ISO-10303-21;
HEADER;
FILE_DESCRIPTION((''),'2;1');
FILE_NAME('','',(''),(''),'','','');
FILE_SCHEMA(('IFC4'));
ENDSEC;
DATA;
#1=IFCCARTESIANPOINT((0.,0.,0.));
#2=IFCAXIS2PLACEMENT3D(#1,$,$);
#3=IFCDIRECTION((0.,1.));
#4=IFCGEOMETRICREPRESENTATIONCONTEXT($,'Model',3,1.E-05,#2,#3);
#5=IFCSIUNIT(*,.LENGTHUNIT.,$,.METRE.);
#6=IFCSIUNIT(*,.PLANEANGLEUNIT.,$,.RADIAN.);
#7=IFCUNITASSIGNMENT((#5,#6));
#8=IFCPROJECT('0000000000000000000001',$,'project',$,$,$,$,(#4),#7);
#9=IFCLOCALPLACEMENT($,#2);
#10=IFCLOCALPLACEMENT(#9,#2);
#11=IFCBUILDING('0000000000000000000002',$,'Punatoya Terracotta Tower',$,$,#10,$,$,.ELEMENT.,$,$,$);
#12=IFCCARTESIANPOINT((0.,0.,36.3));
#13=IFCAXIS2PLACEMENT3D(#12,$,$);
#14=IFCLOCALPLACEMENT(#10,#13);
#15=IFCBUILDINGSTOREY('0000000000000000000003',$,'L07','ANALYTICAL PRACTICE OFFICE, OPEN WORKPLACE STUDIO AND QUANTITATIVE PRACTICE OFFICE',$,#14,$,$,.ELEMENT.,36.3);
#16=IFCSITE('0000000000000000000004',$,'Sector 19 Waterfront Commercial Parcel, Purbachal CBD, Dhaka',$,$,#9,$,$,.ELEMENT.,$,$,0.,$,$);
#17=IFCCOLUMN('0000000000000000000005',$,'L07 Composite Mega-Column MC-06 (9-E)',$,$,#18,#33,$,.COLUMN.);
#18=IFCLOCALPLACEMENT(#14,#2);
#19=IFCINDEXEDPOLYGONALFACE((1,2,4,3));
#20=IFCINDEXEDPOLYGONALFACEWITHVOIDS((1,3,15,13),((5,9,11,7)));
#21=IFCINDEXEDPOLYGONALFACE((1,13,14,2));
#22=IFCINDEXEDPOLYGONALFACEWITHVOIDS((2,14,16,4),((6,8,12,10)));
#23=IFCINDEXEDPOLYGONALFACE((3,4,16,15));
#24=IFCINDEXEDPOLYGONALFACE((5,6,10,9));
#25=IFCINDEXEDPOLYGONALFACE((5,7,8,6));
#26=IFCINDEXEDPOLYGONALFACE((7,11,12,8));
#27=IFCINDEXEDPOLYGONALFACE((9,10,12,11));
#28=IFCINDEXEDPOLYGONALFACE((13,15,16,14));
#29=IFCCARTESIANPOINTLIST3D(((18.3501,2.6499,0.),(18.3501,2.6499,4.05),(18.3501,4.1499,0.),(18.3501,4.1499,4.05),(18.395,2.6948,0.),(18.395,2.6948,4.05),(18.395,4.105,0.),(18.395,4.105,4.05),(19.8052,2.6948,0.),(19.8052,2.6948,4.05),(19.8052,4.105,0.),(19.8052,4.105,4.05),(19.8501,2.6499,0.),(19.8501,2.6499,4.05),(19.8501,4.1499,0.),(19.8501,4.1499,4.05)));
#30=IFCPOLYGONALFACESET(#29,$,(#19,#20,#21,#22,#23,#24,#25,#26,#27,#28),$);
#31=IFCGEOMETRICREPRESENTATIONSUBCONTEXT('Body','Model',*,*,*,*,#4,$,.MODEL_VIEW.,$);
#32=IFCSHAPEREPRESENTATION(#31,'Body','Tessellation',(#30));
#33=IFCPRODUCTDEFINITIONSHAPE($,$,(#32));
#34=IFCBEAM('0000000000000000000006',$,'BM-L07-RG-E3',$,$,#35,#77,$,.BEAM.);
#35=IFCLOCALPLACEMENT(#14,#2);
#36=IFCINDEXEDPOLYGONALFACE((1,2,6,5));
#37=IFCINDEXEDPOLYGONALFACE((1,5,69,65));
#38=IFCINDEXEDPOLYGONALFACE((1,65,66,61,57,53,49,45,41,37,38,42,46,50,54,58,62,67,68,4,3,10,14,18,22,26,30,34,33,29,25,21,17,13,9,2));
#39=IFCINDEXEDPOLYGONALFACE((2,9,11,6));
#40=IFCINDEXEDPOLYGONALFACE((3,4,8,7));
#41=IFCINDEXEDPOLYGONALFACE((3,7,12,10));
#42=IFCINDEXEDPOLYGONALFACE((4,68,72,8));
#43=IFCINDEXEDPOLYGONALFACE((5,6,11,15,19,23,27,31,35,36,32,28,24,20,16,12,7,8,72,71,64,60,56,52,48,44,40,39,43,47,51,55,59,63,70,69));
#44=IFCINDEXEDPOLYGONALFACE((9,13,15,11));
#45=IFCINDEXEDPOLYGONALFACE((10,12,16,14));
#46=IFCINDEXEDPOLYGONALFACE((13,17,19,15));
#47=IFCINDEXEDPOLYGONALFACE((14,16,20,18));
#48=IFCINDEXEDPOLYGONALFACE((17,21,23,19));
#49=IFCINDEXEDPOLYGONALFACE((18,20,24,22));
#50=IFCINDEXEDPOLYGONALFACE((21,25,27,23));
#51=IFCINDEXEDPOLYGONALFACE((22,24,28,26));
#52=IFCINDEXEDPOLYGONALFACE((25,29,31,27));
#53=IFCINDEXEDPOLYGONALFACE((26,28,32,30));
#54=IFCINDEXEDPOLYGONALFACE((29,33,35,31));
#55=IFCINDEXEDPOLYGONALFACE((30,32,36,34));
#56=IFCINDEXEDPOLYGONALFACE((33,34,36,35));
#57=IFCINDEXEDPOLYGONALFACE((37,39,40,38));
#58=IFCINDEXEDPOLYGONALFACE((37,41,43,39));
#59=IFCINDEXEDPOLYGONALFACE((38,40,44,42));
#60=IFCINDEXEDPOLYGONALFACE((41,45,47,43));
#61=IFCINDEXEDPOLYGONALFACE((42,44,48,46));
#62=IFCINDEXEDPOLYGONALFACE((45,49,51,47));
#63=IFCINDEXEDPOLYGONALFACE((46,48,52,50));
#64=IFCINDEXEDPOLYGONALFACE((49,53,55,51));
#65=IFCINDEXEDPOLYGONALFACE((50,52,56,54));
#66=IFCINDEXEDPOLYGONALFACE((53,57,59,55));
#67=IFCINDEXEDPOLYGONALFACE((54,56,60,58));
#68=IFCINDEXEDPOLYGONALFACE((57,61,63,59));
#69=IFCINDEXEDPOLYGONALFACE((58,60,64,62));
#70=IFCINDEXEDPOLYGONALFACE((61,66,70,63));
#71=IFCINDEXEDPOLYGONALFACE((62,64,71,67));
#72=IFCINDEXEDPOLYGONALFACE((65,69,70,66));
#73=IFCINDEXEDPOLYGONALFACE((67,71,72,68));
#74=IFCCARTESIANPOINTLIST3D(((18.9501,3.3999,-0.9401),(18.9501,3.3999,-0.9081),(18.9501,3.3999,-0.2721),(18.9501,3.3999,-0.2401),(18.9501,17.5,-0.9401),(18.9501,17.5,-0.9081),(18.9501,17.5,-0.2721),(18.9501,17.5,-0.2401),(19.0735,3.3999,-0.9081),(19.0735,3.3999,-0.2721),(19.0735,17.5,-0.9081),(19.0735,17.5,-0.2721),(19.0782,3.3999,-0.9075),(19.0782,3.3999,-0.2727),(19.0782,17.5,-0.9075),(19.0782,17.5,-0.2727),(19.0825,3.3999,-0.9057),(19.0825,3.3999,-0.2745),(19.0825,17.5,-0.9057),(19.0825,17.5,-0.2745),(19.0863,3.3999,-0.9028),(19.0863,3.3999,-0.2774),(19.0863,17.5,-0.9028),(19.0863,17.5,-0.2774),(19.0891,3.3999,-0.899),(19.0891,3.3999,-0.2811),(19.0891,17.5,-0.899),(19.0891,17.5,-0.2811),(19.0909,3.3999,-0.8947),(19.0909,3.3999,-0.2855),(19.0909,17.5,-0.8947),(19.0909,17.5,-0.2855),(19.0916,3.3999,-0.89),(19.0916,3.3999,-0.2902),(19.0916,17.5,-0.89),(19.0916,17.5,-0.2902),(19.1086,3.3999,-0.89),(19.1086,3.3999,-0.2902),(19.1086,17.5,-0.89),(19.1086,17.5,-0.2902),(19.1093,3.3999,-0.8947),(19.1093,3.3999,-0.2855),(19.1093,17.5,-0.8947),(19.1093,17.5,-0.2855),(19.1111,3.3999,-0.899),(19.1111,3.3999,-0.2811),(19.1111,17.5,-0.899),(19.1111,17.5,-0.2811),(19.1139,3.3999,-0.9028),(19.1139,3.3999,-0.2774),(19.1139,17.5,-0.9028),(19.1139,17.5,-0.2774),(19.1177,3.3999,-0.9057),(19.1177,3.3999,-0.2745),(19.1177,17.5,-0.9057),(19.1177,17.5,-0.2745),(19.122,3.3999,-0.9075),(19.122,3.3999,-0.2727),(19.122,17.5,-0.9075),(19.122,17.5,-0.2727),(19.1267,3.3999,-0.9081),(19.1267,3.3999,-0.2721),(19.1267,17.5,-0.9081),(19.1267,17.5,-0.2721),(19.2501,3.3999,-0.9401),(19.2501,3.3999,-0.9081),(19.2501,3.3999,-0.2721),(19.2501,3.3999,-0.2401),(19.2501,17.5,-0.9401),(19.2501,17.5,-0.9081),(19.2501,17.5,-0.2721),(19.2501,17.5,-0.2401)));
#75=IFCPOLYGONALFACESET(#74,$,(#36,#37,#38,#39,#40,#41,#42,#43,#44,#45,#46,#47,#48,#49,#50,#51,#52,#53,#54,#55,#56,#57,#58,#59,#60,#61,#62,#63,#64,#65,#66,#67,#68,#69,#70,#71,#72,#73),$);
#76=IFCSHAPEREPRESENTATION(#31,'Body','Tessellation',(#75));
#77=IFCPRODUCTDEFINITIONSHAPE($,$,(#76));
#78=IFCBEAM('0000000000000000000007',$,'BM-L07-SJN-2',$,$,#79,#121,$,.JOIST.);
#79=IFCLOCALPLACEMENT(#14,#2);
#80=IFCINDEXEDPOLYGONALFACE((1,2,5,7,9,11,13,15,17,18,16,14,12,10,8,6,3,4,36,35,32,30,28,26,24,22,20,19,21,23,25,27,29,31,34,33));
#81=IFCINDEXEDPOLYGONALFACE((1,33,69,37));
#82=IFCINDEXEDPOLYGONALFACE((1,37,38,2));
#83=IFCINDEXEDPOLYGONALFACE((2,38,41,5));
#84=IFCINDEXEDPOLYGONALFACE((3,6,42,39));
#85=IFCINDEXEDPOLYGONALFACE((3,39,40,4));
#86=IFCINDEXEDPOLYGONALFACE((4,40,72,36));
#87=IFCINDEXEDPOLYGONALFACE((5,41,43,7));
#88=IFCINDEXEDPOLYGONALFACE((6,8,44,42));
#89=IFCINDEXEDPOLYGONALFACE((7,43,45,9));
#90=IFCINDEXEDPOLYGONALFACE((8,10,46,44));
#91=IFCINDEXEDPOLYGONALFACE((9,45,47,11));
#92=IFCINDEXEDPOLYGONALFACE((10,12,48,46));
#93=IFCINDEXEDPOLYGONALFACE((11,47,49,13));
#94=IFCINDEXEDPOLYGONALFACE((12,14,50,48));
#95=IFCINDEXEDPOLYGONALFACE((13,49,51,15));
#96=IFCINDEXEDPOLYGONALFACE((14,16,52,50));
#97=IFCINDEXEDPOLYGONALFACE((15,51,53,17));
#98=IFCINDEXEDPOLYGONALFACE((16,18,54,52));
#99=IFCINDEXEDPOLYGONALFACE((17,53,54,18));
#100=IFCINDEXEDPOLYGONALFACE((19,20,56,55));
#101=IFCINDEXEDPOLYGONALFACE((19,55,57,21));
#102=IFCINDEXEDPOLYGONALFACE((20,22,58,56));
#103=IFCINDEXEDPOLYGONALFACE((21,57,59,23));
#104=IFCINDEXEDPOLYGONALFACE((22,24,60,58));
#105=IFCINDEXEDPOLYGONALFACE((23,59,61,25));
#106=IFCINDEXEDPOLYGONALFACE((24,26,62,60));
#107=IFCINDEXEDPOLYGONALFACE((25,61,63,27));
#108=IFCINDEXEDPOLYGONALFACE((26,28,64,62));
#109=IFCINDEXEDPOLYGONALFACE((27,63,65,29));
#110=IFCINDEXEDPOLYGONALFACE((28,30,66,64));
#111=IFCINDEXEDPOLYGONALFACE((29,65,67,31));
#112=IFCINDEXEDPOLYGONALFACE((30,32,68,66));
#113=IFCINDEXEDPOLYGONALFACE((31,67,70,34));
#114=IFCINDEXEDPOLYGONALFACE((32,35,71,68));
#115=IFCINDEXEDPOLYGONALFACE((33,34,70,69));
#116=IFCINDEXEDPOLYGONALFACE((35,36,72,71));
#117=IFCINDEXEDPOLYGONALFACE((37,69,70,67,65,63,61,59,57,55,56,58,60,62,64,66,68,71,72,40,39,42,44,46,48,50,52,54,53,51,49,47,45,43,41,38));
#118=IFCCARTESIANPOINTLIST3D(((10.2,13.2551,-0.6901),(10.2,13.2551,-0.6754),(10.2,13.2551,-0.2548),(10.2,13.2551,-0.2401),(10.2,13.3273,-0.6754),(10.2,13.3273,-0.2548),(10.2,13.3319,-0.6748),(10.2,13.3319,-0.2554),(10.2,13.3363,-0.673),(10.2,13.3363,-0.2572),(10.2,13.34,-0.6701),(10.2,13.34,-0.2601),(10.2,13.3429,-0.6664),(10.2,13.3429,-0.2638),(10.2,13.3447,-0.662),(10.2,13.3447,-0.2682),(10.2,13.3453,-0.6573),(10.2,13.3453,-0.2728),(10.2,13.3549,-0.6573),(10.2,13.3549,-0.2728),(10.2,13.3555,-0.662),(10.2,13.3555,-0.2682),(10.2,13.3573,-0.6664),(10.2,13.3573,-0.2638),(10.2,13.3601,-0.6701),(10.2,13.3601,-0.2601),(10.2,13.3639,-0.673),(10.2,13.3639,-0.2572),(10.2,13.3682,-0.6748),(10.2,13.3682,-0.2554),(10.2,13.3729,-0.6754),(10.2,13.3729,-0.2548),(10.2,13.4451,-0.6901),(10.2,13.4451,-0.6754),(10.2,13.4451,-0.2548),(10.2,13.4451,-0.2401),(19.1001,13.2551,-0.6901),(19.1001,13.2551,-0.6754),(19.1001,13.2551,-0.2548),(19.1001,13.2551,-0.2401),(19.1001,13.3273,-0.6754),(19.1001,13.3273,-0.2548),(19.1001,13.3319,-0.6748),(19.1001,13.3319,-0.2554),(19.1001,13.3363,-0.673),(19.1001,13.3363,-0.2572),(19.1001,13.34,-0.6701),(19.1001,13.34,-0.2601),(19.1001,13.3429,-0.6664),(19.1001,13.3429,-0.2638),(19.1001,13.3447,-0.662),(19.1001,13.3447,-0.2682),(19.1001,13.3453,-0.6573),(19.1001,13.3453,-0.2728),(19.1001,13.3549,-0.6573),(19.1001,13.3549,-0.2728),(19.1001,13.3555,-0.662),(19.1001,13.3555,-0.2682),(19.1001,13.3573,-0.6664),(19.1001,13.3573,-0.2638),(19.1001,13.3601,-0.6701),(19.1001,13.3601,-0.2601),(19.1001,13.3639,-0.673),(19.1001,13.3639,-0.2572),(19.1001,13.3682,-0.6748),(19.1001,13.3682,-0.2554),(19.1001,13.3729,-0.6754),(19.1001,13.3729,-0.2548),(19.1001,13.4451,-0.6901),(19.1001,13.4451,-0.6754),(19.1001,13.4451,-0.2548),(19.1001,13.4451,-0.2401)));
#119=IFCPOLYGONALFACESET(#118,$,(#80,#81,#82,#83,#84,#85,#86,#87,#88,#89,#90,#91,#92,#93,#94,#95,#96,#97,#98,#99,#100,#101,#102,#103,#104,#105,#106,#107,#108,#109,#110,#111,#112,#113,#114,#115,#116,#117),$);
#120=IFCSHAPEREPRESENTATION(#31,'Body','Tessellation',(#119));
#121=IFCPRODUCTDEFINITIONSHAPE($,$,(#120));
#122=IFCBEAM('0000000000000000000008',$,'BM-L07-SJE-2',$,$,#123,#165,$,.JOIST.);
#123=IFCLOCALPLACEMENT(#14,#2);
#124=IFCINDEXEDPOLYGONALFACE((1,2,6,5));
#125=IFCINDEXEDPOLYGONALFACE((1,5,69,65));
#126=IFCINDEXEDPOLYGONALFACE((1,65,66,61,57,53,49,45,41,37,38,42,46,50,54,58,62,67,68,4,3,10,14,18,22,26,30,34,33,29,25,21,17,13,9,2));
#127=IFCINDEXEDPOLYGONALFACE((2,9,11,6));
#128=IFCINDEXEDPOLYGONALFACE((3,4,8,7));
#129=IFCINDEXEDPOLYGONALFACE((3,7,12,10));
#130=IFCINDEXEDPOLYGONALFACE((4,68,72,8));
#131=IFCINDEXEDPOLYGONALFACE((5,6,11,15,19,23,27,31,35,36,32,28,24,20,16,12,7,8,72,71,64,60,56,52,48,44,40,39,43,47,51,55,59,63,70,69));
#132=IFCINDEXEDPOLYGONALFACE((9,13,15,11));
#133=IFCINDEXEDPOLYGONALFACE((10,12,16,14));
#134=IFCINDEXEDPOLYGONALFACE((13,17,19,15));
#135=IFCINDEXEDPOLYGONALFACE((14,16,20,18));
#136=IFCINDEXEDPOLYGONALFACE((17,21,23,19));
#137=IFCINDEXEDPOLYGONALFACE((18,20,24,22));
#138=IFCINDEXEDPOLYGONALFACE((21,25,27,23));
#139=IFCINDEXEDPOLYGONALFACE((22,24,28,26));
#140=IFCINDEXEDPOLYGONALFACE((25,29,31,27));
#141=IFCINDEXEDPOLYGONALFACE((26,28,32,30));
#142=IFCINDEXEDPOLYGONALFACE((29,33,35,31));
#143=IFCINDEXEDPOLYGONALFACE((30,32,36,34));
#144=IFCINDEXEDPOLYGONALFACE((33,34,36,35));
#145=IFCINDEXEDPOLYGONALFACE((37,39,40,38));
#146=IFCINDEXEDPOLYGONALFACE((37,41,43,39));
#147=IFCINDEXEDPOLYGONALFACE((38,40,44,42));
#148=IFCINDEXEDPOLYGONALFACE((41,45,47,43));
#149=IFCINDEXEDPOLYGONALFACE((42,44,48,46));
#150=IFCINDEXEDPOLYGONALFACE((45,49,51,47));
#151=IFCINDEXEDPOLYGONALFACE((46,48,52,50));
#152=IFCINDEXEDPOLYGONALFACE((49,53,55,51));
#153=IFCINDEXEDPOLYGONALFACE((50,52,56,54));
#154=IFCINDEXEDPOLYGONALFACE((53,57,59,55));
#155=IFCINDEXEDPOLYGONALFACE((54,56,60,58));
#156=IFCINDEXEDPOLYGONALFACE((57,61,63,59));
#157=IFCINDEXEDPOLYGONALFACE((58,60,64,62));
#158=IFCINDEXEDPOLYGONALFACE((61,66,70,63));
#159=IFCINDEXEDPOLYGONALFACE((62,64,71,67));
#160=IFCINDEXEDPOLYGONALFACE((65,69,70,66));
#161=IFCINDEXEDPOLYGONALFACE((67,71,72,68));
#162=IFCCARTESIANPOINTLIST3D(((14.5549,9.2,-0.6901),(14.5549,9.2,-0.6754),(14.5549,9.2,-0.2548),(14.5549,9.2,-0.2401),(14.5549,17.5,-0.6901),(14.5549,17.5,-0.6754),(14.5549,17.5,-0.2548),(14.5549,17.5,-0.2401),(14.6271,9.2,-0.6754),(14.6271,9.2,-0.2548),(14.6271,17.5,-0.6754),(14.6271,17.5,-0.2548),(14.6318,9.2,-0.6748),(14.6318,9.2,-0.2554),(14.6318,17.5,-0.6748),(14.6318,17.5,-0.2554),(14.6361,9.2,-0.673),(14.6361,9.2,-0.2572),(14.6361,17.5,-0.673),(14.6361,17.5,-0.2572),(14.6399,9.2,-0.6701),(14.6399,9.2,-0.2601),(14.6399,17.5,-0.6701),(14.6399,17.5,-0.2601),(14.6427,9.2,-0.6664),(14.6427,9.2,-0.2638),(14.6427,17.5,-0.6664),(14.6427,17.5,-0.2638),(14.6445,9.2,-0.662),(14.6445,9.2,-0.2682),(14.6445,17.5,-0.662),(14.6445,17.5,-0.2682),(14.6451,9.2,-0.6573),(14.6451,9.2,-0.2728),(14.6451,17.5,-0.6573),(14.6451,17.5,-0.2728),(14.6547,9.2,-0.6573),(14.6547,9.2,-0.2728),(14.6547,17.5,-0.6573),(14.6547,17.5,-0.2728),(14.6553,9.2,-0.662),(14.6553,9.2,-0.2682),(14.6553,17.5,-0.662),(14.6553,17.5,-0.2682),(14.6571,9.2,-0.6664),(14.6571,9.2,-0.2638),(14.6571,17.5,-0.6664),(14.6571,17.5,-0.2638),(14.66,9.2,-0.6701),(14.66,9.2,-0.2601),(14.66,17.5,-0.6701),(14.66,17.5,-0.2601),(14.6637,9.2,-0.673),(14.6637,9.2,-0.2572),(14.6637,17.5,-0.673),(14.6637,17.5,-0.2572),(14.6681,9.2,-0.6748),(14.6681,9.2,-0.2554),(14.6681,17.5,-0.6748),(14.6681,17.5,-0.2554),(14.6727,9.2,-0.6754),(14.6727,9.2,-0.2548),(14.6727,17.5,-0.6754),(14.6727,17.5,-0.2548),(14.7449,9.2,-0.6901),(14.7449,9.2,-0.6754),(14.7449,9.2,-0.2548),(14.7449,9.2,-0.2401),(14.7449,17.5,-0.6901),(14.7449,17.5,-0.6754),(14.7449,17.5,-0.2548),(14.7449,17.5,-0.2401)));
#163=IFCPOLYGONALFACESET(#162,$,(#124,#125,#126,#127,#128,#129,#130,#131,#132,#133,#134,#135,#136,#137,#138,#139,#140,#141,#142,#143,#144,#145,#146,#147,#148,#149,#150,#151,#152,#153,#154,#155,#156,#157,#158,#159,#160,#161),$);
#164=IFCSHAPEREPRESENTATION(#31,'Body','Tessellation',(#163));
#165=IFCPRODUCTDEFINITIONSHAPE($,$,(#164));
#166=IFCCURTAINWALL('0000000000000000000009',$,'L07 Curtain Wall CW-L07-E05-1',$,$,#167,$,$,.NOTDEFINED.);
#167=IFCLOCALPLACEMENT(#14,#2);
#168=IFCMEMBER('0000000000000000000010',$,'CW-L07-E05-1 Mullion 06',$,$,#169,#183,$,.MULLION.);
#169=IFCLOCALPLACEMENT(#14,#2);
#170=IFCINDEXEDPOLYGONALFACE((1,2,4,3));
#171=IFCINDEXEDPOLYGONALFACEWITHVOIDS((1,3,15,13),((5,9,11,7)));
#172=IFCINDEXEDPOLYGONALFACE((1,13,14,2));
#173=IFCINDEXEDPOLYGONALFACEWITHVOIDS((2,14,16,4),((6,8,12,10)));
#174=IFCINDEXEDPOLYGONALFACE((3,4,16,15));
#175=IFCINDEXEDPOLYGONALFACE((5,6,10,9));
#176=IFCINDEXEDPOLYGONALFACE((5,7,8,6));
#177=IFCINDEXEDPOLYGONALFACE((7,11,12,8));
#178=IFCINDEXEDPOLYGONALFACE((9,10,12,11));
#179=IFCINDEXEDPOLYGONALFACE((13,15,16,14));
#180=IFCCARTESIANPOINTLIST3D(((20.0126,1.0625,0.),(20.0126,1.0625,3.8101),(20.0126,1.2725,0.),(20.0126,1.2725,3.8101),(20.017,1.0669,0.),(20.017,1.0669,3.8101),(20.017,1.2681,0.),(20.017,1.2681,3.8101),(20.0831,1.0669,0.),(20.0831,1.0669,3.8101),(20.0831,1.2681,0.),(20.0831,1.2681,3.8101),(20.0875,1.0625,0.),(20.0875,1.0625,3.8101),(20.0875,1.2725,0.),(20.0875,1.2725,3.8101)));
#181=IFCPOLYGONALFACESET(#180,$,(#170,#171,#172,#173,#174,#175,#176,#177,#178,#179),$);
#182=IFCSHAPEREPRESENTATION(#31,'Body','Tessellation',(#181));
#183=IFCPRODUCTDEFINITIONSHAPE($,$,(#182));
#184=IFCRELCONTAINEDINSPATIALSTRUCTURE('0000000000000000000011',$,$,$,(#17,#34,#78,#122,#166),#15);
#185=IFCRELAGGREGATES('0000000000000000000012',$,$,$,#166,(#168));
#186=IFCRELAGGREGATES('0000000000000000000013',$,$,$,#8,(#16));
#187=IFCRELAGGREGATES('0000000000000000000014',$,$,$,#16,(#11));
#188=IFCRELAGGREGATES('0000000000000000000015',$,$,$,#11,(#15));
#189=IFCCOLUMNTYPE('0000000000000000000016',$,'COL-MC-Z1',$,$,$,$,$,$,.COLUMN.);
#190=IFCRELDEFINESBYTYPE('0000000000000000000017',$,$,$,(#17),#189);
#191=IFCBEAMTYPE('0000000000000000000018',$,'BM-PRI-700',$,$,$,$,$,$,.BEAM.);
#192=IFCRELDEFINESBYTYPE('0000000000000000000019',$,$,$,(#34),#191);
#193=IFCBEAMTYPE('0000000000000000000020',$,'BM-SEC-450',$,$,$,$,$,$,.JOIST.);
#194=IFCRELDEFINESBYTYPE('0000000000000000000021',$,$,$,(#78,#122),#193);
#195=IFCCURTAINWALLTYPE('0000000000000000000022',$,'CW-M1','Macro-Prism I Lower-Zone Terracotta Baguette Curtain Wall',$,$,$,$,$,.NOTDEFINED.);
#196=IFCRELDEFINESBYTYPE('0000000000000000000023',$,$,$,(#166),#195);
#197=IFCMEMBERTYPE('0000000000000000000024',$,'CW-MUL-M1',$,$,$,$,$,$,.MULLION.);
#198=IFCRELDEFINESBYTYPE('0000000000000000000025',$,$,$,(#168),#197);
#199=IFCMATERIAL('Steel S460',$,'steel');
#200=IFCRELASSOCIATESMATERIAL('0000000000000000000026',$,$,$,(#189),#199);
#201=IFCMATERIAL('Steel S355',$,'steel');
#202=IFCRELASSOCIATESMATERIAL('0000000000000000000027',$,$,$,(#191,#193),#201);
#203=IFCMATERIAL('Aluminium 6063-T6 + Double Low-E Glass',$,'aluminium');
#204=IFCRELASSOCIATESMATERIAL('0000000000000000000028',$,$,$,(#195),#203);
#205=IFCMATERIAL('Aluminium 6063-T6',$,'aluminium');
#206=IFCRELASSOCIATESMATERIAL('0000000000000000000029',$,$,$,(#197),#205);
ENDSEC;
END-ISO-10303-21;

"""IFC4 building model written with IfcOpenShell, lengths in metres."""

from ifc_helpers import new_model, si_unit, direction, frame, origin, origin_2d, place, context, subcontext, project, spatial, hollow_rectangle, i_section, extrude, material, material_profile, profile_set, type_object, element, aggregate, save


model = new_model("IFC4")

# Units and contexts
model_context = context("Model", 3, precision=1e-05, world=origin(), true_north=direction((0.0, 1.0)))
body_context = subcontext(model_context, "Body", "Model", "MODEL_VIEW")
ifc_project = project(units=[si_unit("LENGTHUNIT", "METRE"), si_unit("PLANEANGLEUNIT", "RADIAN")], contexts=[model_context])

# Site, building, storey
site_placement = place(None, origin())
site = spatial("IfcSite", under=ifc_project, at=site_placement, Name="Sector 19 Waterfront Commercial Parcel, Purbachal CBD, Dhaka", CompositionType="ELEMENT", RefElevation=0.0)
building_placement = place(site_placement, origin())
building = spatial("IfcBuilding", under=site, at=building_placement, Name="Punatoya Terracotta Tower", CompositionType="ELEMENT")
storey_placement = place(building_placement, frame((0.0, 0.0, 36.3)))
storey = spatial("IfcBuildingStorey", under=building, at=storey_placement, Name="L07", Description="ANALYTICAL PRACTICE OFFICE, OPEN WORKPLACE STUDIO AND QUANTITATIVE PRACTICE OFFICE", CompositionType="ELEMENT", Elevation=36.3)

# Column
ifc_material_1 = material(Name="Steel S460", Category="steel")
ifc_material_profile_1 = material_profile(ifc_material_1, hollow_rectangle(XDim=1.5, YDim=1.5, WallThickness=0.0449, at=origin_2d()))
ifc_profile_set_1 = profile_set([ifc_material_profile_1], Name="Steel S460")
column_type = type_object("IfcColumnType", Name="COL-MC-Z1", PredefinedType="COLUMN", material=ifc_profile_set_1)
column_placement = place(storey_placement, frame((19.1001, 3.3999, 0.0), z_axis=(0.0, 0.0, 1.0), x_axis=(1.0, 0.0, 0.0)))
element("IfcColumn", 1, at=column_placement, inside=storey, type_object=column_type, Name="L07 Composite Mega-Column MC-06 (9-E)", PredefinedType="COLUMN", context=body_context, shape_type="SweptSolid", body=[
    extrude(hollow_rectangle(XDim=1.5, YDim=1.5, WallThickness=0.0449, at=origin_2d()), origin(), (0.0, 0.0, 1.0), 4.05),
])

# Beams
ifc_material_2 = material(Name="Steel S355", Category="steel")
ifc_material_profile_2 = material_profile(ifc_material_2, i_section(OverallWidth=0.3, OverallDepth=0.7, WebThickness=0.0171, FlangeThickness=0.032, FilletRadius=0.0181, at=origin_2d()))
ifc_profile_set_2 = profile_set([ifc_material_profile_2], Name="Steel S355")
beam_type_1 = type_object("IfcBeamType", Name="BM-PRI-700", PredefinedType="BEAM", material=ifc_profile_set_2)
beam_1_placement = place(storey_placement, frame((19.1001, 3.3999, -0.5901), z_axis=(0.0, 1.0, 0.0), x_axis=(-1.0, 0.0, 0.0)))
element("IfcBeam", 2, at=beam_1_placement, inside=storey, type_object=beam_type_1, Name="BM-L07-RG-E3", PredefinedType="BEAM", context=body_context, shape_type="SweptSolid", body=[
    extrude(i_section(OverallWidth=0.3, OverallDepth=0.7, WebThickness=0.0171, FlangeThickness=0.032, FilletRadius=0.0181, at=origin_2d()), origin(), (0.0, 0.0, 1.0), 14.1001),
])
ifc_material_profile_3 = material_profile(ifc_material_2, i_section(OverallWidth=0.1899, OverallDepth=0.45, WebThickness=0.0095, FlangeThickness=0.0146, FilletRadius=0.0181, at=origin_2d()))
ifc_profile_set_3 = profile_set([ifc_material_profile_3], Name="Steel S355")
beam_type_2 = type_object("IfcBeamType", Name="BM-SEC-450", PredefinedType="JOIST", material=ifc_profile_set_3)
beam_2_placement = place(storey_placement, frame((10.2, 13.3501, -0.4651), z_axis=(1.0, 0.0, 0.0), x_axis=(0.0, 1.0, 0.0)))
element("IfcBeam", 3, at=beam_2_placement, inside=storey, type_object=beam_type_2, Name="BM-L07-SJN-2", PredefinedType="JOIST", context=body_context, shape_type="SweptSolid", body=[
    extrude(i_section(OverallWidth=0.1899, OverallDepth=0.45, WebThickness=0.0095, FlangeThickness=0.0146, FilletRadius=0.0181, at=origin_2d()), origin(), (0.0, 0.0, 1.0), 8.9001),
])
beam_3_placement = place(storey_placement, frame((14.6499, 9.2, -0.4651), z_axis=(0.0, 1.0, 0.0), x_axis=(-1.0, 0.0, 0.0)))
element("IfcBeam", 4, at=beam_3_placement, inside=storey, type_object=beam_type_2, Name="BM-L07-SJE-2", PredefinedType="JOIST", context=body_context, shape_type="SweptSolid", body=[
    extrude(i_section(OverallWidth=0.1899, OverallDepth=0.45, WebThickness=0.0095, FlangeThickness=0.0146, FilletRadius=0.0181, at=origin_2d()), origin(), (0.0, 0.0, 1.0), 8.3),
])

# Curtain wall, member
ifc_material_3 = material(Name="Aluminium 6063-T6 + Double Low-E Glass", Category="aluminium")
curtain_wall_type = type_object("IfcCurtainWallType", Name="CW-M1", Description="Macro-Prism I Lower-Zone Terracotta Baguette Curtain Wall", PredefinedType="NOTDEFINED", material=ifc_material_3)
curtain_wall_1_placement = place(storey_placement, origin())
curtain_wall_1 = element("IfcCurtainWall", 5, at=curtain_wall_1_placement, inside=storey, type_object=curtain_wall_type, Name="L07 Curtain Wall CW-L07-E05-1", PredefinedType="NOTDEFINED")
ifc_material_4 = material(Name="Aluminium 6063-T6", Category="aluminium")
ifc_material_profile_4 = material_profile(ifc_material_4, hollow_rectangle(XDim=0.075, YDim=0.21, WallThickness=0.0044, at=origin_2d()))
ifc_profile_set_4 = profile_set([ifc_material_profile_4], Name="Aluminium 6063-T6")
member_type_1 = type_object("IfcMemberType", Name="CW-MUL-M1", PredefinedType="MULLION", material=ifc_profile_set_4)
member_1_placement = place(storey_placement, frame((20.05, 1.1675, 0.0), z_axis=(0.0, 0.0, 1.0), x_axis=(1.0, 0.0, 0.0)))
member_1 = element("IfcMember", 6, at=member_1_placement, type_object=member_type_1, Name="CW-L07-E05-1 Mullion 06", PredefinedType="MULLION", context=body_context, shape_type="SweptSolid", body=[
    extrude(hollow_rectangle(XDim=0.075, YDim=0.21, WallThickness=0.0044, at=origin_2d()), origin(), (0.0, 0.0, 1.0), 3.8101),
])

aggregate(curtain_wall_1, [member_1])

save(model, "model.ifc")
